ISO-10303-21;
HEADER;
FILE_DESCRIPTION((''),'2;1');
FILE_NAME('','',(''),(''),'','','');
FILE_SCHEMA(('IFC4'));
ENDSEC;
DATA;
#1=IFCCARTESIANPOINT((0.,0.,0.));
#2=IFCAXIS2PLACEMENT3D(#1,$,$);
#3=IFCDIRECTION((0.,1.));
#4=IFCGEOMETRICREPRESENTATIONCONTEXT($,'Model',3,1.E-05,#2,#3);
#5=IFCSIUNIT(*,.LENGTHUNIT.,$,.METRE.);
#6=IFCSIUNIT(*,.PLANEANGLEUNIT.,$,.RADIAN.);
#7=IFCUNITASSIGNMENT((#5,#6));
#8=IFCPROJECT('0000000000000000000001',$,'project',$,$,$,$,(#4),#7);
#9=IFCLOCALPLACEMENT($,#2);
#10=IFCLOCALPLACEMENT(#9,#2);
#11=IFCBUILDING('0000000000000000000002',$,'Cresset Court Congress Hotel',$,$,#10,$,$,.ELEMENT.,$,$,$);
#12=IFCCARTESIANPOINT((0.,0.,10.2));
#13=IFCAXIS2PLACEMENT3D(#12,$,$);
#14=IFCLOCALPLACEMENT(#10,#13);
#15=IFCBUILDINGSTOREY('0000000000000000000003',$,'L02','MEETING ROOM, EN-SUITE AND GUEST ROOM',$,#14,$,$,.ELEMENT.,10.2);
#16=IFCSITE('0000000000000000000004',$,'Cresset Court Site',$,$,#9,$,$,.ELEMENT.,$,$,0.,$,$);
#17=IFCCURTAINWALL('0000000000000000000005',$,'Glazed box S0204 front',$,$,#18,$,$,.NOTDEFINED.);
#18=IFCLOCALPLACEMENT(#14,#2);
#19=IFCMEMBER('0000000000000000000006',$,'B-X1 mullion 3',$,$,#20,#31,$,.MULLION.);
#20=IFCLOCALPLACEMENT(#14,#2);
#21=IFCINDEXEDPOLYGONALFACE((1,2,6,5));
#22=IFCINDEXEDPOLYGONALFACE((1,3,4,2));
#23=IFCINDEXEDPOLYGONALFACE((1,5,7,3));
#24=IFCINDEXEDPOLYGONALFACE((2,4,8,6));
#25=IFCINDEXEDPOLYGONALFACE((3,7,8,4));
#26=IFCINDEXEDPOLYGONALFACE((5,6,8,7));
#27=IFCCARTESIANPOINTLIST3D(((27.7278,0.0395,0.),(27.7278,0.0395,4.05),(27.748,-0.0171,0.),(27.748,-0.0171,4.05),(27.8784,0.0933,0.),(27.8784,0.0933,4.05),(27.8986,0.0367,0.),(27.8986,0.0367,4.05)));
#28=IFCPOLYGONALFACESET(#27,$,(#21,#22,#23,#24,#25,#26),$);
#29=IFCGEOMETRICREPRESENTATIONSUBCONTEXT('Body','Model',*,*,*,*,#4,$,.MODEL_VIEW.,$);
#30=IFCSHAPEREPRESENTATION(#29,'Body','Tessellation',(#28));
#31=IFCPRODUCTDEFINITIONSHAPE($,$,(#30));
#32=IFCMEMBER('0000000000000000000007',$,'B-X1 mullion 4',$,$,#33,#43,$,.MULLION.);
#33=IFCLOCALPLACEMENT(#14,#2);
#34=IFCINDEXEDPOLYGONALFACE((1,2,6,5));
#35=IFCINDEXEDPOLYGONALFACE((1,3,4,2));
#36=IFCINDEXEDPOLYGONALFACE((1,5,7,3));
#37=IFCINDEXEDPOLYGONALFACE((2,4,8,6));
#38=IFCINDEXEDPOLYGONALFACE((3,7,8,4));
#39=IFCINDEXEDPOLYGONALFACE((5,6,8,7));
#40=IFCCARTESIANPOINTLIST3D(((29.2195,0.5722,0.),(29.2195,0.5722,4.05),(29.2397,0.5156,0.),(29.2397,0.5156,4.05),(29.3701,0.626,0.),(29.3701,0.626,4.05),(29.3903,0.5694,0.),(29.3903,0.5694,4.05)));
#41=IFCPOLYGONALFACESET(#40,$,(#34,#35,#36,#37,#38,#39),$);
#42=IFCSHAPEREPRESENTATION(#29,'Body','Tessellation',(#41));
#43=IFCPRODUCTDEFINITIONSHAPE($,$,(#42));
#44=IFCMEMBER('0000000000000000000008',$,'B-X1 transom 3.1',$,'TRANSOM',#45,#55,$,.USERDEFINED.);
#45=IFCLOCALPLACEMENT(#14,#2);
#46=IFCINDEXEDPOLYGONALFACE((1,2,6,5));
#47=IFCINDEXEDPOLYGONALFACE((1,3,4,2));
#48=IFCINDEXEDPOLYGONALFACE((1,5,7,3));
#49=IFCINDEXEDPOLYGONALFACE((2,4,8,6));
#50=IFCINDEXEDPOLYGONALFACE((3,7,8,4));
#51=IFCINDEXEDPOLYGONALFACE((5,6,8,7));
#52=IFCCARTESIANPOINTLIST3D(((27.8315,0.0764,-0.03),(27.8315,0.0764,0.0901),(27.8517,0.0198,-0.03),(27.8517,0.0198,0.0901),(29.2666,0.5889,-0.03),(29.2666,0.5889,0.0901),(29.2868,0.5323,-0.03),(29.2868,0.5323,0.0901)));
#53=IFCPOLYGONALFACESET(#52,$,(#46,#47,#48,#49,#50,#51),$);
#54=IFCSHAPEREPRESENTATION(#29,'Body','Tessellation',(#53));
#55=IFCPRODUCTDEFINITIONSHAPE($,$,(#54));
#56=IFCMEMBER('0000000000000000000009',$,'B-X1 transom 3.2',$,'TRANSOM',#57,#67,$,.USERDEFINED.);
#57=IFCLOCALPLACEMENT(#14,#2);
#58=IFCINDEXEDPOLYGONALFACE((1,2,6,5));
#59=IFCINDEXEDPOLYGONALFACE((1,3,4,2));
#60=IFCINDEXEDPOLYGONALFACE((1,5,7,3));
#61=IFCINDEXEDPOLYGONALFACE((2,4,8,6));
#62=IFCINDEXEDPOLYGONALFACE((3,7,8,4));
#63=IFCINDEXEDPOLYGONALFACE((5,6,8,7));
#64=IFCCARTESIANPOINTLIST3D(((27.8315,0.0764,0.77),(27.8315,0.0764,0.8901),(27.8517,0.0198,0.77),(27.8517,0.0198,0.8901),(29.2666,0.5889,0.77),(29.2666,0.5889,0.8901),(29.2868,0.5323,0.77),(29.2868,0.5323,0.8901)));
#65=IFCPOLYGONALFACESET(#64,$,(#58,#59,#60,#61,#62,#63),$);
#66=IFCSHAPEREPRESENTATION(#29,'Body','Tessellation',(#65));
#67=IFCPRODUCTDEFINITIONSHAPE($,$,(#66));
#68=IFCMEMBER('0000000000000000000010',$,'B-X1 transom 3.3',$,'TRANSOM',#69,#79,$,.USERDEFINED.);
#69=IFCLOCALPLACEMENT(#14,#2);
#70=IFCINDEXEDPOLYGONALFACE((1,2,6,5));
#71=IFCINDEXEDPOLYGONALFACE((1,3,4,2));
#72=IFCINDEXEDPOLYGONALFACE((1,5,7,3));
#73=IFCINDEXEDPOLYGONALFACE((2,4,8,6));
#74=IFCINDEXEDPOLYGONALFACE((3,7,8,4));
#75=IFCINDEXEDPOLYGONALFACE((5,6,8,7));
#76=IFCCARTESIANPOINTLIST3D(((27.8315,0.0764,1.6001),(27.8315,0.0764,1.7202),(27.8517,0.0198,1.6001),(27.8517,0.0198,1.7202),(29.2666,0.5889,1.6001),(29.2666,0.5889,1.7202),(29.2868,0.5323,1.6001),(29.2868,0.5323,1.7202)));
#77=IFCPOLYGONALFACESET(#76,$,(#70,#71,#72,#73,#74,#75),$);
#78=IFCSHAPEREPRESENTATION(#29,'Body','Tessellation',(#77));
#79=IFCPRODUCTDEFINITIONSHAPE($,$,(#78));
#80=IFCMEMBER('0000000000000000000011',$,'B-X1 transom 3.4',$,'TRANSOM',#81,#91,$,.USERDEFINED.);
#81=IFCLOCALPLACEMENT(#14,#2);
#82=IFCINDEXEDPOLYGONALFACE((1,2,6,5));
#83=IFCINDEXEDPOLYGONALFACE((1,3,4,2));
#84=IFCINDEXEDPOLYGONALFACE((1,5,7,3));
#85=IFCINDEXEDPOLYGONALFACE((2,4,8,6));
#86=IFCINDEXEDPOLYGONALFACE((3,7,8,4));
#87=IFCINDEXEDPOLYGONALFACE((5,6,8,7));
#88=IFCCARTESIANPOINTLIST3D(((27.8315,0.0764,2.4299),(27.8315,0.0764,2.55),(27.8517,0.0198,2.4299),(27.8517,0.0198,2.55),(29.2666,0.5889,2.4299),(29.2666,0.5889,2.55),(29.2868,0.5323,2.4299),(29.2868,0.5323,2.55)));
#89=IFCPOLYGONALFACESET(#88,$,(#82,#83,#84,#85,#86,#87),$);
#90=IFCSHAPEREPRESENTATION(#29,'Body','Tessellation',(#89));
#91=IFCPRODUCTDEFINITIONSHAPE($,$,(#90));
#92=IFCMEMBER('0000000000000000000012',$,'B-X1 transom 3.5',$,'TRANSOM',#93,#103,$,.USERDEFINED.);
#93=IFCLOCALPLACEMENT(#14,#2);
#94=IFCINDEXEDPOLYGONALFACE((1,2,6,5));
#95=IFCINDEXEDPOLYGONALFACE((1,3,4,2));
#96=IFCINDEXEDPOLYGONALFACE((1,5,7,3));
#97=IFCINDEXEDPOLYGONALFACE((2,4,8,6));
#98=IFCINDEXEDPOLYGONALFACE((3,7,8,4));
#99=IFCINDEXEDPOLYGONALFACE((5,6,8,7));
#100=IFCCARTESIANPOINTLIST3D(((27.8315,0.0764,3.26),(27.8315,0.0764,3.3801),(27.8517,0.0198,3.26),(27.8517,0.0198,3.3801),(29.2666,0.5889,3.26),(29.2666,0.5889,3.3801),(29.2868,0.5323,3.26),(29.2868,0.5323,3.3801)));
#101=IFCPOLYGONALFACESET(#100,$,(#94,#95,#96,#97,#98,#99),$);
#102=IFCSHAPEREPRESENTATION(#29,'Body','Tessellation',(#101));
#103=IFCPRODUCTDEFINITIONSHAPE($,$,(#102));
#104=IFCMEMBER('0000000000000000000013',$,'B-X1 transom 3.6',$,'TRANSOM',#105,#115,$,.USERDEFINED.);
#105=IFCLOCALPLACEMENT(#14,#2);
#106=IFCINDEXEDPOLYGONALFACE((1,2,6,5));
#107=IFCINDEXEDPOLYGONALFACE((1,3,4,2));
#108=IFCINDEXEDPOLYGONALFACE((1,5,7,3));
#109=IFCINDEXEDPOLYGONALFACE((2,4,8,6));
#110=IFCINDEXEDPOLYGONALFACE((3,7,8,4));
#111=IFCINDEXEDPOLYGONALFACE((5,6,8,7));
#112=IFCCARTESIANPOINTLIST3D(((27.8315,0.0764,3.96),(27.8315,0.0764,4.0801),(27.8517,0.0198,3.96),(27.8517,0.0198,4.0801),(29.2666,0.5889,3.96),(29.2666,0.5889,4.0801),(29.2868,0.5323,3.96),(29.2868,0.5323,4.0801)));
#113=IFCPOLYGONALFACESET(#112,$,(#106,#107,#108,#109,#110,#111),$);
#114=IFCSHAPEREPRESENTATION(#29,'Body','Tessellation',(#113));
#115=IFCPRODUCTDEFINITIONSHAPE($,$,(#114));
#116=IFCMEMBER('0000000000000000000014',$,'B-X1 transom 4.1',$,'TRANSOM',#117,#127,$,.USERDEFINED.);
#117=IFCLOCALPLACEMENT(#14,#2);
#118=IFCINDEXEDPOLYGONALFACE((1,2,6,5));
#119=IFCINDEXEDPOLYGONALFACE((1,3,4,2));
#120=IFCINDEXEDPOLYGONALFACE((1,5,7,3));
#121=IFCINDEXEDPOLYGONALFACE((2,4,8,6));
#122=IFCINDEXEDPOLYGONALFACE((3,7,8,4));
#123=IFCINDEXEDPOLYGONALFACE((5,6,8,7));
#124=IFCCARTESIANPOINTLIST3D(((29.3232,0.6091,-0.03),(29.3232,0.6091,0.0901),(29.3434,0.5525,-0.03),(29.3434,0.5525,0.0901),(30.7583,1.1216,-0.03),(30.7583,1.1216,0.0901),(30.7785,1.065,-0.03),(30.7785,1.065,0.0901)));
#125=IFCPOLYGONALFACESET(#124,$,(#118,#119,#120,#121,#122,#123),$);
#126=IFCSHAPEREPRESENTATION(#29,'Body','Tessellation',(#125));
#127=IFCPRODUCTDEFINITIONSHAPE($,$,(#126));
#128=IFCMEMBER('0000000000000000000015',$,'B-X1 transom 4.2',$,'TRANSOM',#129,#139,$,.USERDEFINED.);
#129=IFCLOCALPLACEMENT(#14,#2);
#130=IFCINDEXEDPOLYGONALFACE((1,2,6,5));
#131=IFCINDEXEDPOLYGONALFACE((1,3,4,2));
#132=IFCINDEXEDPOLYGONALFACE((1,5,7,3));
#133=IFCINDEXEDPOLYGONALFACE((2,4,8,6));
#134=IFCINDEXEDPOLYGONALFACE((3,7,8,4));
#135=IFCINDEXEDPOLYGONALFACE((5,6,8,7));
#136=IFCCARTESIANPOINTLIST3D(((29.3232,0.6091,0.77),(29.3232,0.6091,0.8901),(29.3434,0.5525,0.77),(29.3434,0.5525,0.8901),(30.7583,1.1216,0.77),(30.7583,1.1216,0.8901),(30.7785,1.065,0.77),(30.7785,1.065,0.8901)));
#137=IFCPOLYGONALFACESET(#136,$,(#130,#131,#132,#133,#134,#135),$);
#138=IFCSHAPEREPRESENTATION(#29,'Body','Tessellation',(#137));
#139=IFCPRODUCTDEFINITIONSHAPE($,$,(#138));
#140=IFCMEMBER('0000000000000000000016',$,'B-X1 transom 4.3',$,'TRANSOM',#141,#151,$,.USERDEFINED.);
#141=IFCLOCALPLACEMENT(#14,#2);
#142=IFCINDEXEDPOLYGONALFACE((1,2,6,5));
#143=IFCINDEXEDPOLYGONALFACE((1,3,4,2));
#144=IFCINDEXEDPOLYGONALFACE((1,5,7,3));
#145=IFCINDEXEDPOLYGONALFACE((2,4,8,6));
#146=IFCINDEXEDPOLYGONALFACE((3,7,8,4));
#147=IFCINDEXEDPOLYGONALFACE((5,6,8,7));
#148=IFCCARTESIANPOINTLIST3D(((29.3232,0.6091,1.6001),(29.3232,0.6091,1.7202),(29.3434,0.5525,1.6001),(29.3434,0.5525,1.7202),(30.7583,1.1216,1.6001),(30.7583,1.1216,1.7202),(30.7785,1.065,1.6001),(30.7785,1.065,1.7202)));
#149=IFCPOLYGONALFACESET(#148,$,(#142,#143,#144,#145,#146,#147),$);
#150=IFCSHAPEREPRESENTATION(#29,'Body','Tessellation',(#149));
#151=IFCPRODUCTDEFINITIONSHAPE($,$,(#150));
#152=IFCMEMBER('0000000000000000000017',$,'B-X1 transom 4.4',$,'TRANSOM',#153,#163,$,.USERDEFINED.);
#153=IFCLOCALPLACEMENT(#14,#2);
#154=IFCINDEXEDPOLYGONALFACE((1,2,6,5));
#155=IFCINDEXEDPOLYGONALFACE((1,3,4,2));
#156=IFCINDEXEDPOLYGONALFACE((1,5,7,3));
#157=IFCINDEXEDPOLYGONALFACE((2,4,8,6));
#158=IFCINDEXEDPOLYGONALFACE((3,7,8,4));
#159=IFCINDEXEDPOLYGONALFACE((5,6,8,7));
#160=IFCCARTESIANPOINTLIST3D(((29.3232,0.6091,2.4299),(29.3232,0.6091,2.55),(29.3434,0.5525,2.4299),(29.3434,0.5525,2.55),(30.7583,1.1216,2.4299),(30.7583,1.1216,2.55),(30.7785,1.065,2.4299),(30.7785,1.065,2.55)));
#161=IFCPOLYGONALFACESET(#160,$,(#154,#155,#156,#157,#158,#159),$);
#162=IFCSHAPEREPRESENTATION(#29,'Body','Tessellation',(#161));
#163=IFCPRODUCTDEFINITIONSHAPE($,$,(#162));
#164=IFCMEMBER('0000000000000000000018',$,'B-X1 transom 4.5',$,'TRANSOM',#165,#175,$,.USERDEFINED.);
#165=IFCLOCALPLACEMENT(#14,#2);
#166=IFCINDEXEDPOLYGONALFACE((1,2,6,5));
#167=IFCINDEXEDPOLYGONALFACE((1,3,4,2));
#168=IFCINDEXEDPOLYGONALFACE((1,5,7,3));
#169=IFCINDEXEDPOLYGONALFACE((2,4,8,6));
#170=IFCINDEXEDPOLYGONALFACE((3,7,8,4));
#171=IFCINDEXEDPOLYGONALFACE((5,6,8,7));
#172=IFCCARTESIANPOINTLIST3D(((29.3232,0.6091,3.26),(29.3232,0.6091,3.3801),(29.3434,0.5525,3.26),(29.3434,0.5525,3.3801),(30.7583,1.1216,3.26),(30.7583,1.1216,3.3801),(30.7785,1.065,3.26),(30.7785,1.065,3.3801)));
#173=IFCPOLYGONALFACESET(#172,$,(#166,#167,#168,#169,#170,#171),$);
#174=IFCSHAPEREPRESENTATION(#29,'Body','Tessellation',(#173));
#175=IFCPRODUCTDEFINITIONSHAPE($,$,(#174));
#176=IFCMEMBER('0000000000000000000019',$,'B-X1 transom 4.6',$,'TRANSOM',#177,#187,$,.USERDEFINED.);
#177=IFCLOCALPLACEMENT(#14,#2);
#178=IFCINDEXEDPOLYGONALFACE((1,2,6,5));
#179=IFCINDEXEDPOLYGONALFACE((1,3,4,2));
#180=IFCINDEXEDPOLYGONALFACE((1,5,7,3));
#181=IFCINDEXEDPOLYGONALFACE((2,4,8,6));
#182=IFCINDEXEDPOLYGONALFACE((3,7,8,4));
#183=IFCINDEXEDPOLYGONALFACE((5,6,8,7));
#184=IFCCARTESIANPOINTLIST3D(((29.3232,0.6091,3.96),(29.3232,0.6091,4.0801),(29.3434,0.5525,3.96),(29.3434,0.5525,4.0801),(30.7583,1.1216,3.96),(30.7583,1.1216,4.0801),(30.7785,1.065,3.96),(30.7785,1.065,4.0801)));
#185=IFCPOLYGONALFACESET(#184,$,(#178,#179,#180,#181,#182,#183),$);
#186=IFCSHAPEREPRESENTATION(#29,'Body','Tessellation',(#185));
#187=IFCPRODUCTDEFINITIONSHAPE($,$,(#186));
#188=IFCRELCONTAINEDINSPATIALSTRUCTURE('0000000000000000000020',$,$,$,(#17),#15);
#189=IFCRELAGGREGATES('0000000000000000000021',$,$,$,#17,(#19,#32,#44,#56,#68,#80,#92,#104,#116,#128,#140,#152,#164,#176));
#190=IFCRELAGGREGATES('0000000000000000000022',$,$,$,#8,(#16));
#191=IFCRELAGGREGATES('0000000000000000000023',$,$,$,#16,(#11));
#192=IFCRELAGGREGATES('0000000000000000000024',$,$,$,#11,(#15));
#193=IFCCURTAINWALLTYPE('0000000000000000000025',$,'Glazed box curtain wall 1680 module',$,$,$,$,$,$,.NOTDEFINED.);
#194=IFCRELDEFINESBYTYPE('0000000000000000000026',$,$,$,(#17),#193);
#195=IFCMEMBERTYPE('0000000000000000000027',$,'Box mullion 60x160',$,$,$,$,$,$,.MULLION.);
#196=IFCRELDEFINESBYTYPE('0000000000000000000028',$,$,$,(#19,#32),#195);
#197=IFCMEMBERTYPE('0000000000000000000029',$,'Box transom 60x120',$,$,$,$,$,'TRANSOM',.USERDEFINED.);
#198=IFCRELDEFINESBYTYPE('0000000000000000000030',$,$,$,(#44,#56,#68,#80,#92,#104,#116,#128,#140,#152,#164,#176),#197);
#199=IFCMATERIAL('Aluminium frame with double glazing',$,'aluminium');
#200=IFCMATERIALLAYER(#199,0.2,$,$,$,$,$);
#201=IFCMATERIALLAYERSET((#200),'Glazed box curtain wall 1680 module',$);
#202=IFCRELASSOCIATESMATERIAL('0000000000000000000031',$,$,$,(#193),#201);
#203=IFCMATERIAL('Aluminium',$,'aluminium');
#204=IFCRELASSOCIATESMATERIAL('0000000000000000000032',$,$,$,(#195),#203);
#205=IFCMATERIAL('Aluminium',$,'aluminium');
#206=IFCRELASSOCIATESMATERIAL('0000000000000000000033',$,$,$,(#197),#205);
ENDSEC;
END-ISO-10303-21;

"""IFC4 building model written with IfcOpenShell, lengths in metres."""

from ifc_helpers import new_model, si_unit, direction, frame, origin, origin_2d, place, context, subcontext, project, spatial, rectangle, extrude, material, layer, layer_set, material_profile, profile_set, type_object, element, aggregate, save


model = new_model("IFC4")

# Units and contexts
model_context = context("Model", 3, precision=1e-05, world=origin(), true_north=direction((0.0, 1.0)))
body_context = subcontext(model_context, "Body", "Model", "MODEL_VIEW")
ifc_project = project(units=[si_unit("LENGTHUNIT", "METRE"), si_unit("PLANEANGLEUNIT", "RADIAN")], contexts=[model_context])

# Site, building, storey
site_placement = place(None, origin())
site = spatial("IfcSite", under=ifc_project, at=site_placement, Name="Cresset Court Site", CompositionType="ELEMENT", RefElevation=0.0)
building_placement = place(site_placement, origin())
building = spatial("IfcBuilding", under=site, at=building_placement, Name="Cresset Court Congress Hotel", CompositionType="ELEMENT")
storey_placement = place(building_placement, frame((0.0, 0.0, 10.2)))
storey = spatial("IfcBuildingStorey", under=building, at=storey_placement, Name="L02", Description="MEETING ROOM, EN-SUITE AND GUEST ROOM", CompositionType="ELEMENT", Elevation=10.2)

# Curtain wall, members
ifc_material_1 = material(Name="Aluminium frame with double glazing", Category="aluminium")
ifc_layer_1 = layer(ifc_material_1, 0.2)
ifc_layer_set_1 = layer_set([ifc_layer_1], Name="Glazed box curtain wall 1680 module")
curtain_wall_type = type_object("IfcCurtainWallType", Name="Glazed box curtain wall 1680 module", PredefinedType="NOTDEFINED", material=ifc_layer_set_1)
curtain_wall_placement = place(storey_placement, origin())
curtain_wall = element("IfcCurtainWall", 1, at=curtain_wall_placement, inside=storey, type_object=curtain_wall_type, Name="Glazed box S0204 front", PredefinedType="NOTDEFINED")
ifc_material_2 = material(Name="Aluminium", Category="aluminium")
ifc_material_profile_1 = material_profile(ifc_material_2, rectangle(XDim=0.0601, YDim=0.1599, at=origin_2d()), Name="Box mullion 60x160")
ifc_profile_set_1 = profile_set([ifc_material_profile_1], Name="Aluminium")
member_type_1 = type_object("IfcMemberType", Name="Box mullion 60x160", PredefinedType="MULLION", material=ifc_profile_set_1)
member_1_placement = place(storey_placement, frame((27.8132, 0.0381, 0.0), z_axis=(0.0, 0.0, 1.0), x_axis=(-0.336336, 0.941742, 0.0)))
member_1 = element("IfcMember", 2, at=member_1_placement, type_object=member_type_1, Name="B-X1 mullion 3", PredefinedType="MULLION", context=body_context, shape_type="SweptSolid", body=[
    extrude(rectangle(XDim=0.0601, YDim=0.1599, at=origin_2d()), origin(), (0.0, 0.0, 1.0), 4.05),
])
member_2_placement = place(storey_placement, frame((29.3049, 0.5708, 0.0), z_axis=(0.0, 0.0, 1.0), x_axis=(-0.336336, 0.941742, 0.0)))
member_2 = element("IfcMember", 3, at=member_2_placement, type_object=member_type_1, Name="B-X1 mullion 4", PredefinedType="MULLION", context=body_context, shape_type="SweptSolid", body=[
    extrude(rectangle(XDim=0.0601, YDim=0.1599, at=origin_2d()), origin(), (0.0, 0.0, 1.0), 4.05),
])
ifc_material_3 = material(Name="Aluminium", Category="aluminium")
ifc_material_profile_2 = material_profile(ifc_material_3, rectangle(XDim=0.0601, YDim=0.1201, at=origin_2d()), Name="Box transom 60x120")
ifc_profile_set_2 = profile_set([ifc_material_profile_2], Name="Aluminium")
member_type_2 = type_object("IfcMemberType", Name="Box transom 60x120", ElementType="TRANSOM", PredefinedType="USERDEFINED", material=ifc_profile_set_2)
member_3_placement = place(storey_placement, frame((27.8416, 0.0481, 0.03), z_axis=(0.941756, 0.336296, 0.0), x_axis=(-0.336296, 0.941756, 0.0)))
member_3 = element("IfcMember", 4, at=member_3_placement, type_object=member_type_2, Name="B-X1 transom 3.1", ObjectType="TRANSOM", PredefinedType="USERDEFINED", context=body_context, shape_type="SweptSolid", body=[
    extrude(rectangle(XDim=0.0601, YDim=0.1201, at=origin_2d()), origin(), (0.0, 0.0, 1.0), 1.5239),
])
member_4_placement = place(storey_placement, frame((27.8416, 0.0481, 0.8301), z_axis=(0.941756, 0.336296, 0.0), x_axis=(-0.336296, 0.941756, 0.0)))
member_4 = element("IfcMember", 5, at=member_4_placement, type_object=member_type_2, Name="B-X1 transom 3.2", ObjectType="TRANSOM", PredefinedType="USERDEFINED", context=body_context, shape_type="SweptSolid", body=[
    extrude(rectangle(XDim=0.0601, YDim=0.1201, at=origin_2d()), origin(), (0.0, 0.0, 1.0), 1.5239),
])
member_5_placement = place(storey_placement, frame((27.8416, 0.0481, 1.6602), z_axis=(0.941756, 0.336296, 0.0), x_axis=(-0.336296, 0.941756, 0.0)))
member_5 = element("IfcMember", 6, at=member_5_placement, type_object=member_type_2, Name="B-X1 transom 3.3", ObjectType="TRANSOM", PredefinedType="USERDEFINED", context=body_context, shape_type="SweptSolid", body=[
    extrude(rectangle(XDim=0.0601, YDim=0.1201, at=origin_2d()), origin(), (0.0, 0.0, 1.0), 1.5239),
])
member_6_placement = place(storey_placement, frame((27.8416, 0.0481, 2.49), z_axis=(0.941756, 0.336296, 0.0), x_axis=(-0.336296, 0.941756, 0.0)))
member_6 = element("IfcMember", 7, at=member_6_placement, type_object=member_type_2, Name="B-X1 transom 3.4", ObjectType="TRANSOM", PredefinedType="USERDEFINED", context=body_context, shape_type="SweptSolid", body=[
    extrude(rectangle(XDim=0.0601, YDim=0.1201, at=origin_2d()), origin(), (0.0, 0.0, 1.0), 1.5239),
])
member_7_placement = place(storey_placement, frame((27.8416, 0.0481, 3.3201), z_axis=(0.941756, 0.336296, 0.0), x_axis=(-0.336296, 0.941756, 0.0)))
member_7 = element("IfcMember", 8, at=member_7_placement, type_object=member_type_2, Name="B-X1 transom 3.5", ObjectType="TRANSOM", PredefinedType="USERDEFINED", context=body_context, shape_type="SweptSolid", body=[
    extrude(rectangle(XDim=0.0601, YDim=0.1201, at=origin_2d()), origin(), (0.0, 0.0, 1.0), 1.5239),
])
member_8_placement = place(storey_placement, frame((27.8416, 0.0481, 4.02), z_axis=(0.941756, 0.336296, 0.0), x_axis=(-0.336296, 0.941756, 0.0)))
member_8 = element("IfcMember", 9, at=member_8_placement, type_object=member_type_2, Name="B-X1 transom 3.6", ObjectType="TRANSOM", PredefinedType="USERDEFINED", context=body_context, shape_type="SweptSolid", body=[
    extrude(rectangle(XDim=0.0601, YDim=0.1201, at=origin_2d()), origin(), (0.0, 0.0, 1.0), 1.5239),
])
member_9_placement = place(storey_placement, frame((29.3333, 0.5808, 0.03), z_axis=(0.941756, 0.336296, 0.0), x_axis=(-0.336296, 0.941756, 0.0)))
member_9 = element("IfcMember", 10, at=member_9_placement, type_object=member_type_2, Name="B-X1 transom 4.1", ObjectType="TRANSOM", PredefinedType="USERDEFINED", context=body_context, shape_type="SweptSolid", body=[
    extrude(rectangle(XDim=0.0601, YDim=0.1201, at=origin_2d()), origin(), (0.0, 0.0, 1.0), 1.5239),
])
member_10_placement = place(storey_placement, frame((29.3333, 0.5808, 0.8301), z_axis=(0.941756, 0.336296, 0.0), x_axis=(-0.336296, 0.941756, 0.0)))
member_10 = element("IfcMember", 11, at=member_10_placement, type_object=member_type_2, Name="B-X1 transom 4.2", ObjectType="TRANSOM", PredefinedType="USERDEFINED", context=body_context, shape_type="SweptSolid", body=[
    extrude(rectangle(XDim=0.0601, YDim=0.1201, at=origin_2d()), origin(), (0.0, 0.0, 1.0), 1.5239),
])
member_11_placement = place(storey_placement, frame((29.3333, 0.5808, 1.6602), z_axis=(0.941756, 0.336296, 0.0), x_axis=(-0.336296, 0.941756, 0.0)))
member_11 = element("IfcMember", 12, at=member_11_placement, type_object=member_type_2, Name="B-X1 transom 4.3", ObjectType="TRANSOM", PredefinedType="USERDEFINED", context=body_context, shape_type="SweptSolid", body=[
    extrude(rectangle(XDim=0.0601, YDim=0.1201, at=origin_2d()), origin(), (0.0, 0.0, 1.0), 1.5239),
])
member_12_placement = place(storey_placement, frame((29.3333, 0.5808, 2.49), z_axis=(0.941756, 0.336296, 0.0), x_axis=(-0.336296, 0.941756, 0.0)))
member_12 = element("IfcMember", 13, at=member_12_placement, type_object=member_type_2, Name="B-X1 transom 4.4", ObjectType="TRANSOM", PredefinedType="USERDEFINED", context=body_context, shape_type="SweptSolid", body=[
    extrude(rectangle(XDim=0.0601, YDim=0.1201, at=origin_2d()), origin(), (0.0, 0.0, 1.0), 1.5239),
])
member_13_placement = place(storey_placement, frame((29.3333, 0.5808, 3.3201), z_axis=(0.941756, 0.336296, 0.0), x_axis=(-0.336296, 0.941756, 0.0)))
member_13 = element("IfcMember", 14, at=member_13_placement, type_object=member_type_2, Name="B-X1 transom 4.5", ObjectType="TRANSOM", PredefinedType="USERDEFINED", context=body_context, shape_type="SweptSolid", body=[
    extrude(rectangle(XDim=0.0601, YDim=0.1201, at=origin_2d()), origin(), (0.0, 0.0, 1.0), 1.5239),
])
member_14_placement = place(storey_placement, frame((29.3333, 0.5808, 4.02), z_axis=(0.941756, 0.336296, 0.0), x_axis=(-0.336296, 0.941756, 0.0)))
member_14 = element("IfcMember", 15, at=member_14_placement, type_object=member_type_2, Name="B-X1 transom 4.6", ObjectType="TRANSOM", PredefinedType="USERDEFINED", context=body_context, shape_type="SweptSolid", body=[
    extrude(rectangle(XDim=0.0601, YDim=0.1201, at=origin_2d()), origin(), (0.0, 0.0, 1.0), 1.5239),
])

aggregate(curtain_wall, [member_1, member_2, member_3, member_4, member_5, member_6, member_7, member_8, member_9, member_10, member_11, member_12, member_13, member_14])

save(model, "model.ifc")
